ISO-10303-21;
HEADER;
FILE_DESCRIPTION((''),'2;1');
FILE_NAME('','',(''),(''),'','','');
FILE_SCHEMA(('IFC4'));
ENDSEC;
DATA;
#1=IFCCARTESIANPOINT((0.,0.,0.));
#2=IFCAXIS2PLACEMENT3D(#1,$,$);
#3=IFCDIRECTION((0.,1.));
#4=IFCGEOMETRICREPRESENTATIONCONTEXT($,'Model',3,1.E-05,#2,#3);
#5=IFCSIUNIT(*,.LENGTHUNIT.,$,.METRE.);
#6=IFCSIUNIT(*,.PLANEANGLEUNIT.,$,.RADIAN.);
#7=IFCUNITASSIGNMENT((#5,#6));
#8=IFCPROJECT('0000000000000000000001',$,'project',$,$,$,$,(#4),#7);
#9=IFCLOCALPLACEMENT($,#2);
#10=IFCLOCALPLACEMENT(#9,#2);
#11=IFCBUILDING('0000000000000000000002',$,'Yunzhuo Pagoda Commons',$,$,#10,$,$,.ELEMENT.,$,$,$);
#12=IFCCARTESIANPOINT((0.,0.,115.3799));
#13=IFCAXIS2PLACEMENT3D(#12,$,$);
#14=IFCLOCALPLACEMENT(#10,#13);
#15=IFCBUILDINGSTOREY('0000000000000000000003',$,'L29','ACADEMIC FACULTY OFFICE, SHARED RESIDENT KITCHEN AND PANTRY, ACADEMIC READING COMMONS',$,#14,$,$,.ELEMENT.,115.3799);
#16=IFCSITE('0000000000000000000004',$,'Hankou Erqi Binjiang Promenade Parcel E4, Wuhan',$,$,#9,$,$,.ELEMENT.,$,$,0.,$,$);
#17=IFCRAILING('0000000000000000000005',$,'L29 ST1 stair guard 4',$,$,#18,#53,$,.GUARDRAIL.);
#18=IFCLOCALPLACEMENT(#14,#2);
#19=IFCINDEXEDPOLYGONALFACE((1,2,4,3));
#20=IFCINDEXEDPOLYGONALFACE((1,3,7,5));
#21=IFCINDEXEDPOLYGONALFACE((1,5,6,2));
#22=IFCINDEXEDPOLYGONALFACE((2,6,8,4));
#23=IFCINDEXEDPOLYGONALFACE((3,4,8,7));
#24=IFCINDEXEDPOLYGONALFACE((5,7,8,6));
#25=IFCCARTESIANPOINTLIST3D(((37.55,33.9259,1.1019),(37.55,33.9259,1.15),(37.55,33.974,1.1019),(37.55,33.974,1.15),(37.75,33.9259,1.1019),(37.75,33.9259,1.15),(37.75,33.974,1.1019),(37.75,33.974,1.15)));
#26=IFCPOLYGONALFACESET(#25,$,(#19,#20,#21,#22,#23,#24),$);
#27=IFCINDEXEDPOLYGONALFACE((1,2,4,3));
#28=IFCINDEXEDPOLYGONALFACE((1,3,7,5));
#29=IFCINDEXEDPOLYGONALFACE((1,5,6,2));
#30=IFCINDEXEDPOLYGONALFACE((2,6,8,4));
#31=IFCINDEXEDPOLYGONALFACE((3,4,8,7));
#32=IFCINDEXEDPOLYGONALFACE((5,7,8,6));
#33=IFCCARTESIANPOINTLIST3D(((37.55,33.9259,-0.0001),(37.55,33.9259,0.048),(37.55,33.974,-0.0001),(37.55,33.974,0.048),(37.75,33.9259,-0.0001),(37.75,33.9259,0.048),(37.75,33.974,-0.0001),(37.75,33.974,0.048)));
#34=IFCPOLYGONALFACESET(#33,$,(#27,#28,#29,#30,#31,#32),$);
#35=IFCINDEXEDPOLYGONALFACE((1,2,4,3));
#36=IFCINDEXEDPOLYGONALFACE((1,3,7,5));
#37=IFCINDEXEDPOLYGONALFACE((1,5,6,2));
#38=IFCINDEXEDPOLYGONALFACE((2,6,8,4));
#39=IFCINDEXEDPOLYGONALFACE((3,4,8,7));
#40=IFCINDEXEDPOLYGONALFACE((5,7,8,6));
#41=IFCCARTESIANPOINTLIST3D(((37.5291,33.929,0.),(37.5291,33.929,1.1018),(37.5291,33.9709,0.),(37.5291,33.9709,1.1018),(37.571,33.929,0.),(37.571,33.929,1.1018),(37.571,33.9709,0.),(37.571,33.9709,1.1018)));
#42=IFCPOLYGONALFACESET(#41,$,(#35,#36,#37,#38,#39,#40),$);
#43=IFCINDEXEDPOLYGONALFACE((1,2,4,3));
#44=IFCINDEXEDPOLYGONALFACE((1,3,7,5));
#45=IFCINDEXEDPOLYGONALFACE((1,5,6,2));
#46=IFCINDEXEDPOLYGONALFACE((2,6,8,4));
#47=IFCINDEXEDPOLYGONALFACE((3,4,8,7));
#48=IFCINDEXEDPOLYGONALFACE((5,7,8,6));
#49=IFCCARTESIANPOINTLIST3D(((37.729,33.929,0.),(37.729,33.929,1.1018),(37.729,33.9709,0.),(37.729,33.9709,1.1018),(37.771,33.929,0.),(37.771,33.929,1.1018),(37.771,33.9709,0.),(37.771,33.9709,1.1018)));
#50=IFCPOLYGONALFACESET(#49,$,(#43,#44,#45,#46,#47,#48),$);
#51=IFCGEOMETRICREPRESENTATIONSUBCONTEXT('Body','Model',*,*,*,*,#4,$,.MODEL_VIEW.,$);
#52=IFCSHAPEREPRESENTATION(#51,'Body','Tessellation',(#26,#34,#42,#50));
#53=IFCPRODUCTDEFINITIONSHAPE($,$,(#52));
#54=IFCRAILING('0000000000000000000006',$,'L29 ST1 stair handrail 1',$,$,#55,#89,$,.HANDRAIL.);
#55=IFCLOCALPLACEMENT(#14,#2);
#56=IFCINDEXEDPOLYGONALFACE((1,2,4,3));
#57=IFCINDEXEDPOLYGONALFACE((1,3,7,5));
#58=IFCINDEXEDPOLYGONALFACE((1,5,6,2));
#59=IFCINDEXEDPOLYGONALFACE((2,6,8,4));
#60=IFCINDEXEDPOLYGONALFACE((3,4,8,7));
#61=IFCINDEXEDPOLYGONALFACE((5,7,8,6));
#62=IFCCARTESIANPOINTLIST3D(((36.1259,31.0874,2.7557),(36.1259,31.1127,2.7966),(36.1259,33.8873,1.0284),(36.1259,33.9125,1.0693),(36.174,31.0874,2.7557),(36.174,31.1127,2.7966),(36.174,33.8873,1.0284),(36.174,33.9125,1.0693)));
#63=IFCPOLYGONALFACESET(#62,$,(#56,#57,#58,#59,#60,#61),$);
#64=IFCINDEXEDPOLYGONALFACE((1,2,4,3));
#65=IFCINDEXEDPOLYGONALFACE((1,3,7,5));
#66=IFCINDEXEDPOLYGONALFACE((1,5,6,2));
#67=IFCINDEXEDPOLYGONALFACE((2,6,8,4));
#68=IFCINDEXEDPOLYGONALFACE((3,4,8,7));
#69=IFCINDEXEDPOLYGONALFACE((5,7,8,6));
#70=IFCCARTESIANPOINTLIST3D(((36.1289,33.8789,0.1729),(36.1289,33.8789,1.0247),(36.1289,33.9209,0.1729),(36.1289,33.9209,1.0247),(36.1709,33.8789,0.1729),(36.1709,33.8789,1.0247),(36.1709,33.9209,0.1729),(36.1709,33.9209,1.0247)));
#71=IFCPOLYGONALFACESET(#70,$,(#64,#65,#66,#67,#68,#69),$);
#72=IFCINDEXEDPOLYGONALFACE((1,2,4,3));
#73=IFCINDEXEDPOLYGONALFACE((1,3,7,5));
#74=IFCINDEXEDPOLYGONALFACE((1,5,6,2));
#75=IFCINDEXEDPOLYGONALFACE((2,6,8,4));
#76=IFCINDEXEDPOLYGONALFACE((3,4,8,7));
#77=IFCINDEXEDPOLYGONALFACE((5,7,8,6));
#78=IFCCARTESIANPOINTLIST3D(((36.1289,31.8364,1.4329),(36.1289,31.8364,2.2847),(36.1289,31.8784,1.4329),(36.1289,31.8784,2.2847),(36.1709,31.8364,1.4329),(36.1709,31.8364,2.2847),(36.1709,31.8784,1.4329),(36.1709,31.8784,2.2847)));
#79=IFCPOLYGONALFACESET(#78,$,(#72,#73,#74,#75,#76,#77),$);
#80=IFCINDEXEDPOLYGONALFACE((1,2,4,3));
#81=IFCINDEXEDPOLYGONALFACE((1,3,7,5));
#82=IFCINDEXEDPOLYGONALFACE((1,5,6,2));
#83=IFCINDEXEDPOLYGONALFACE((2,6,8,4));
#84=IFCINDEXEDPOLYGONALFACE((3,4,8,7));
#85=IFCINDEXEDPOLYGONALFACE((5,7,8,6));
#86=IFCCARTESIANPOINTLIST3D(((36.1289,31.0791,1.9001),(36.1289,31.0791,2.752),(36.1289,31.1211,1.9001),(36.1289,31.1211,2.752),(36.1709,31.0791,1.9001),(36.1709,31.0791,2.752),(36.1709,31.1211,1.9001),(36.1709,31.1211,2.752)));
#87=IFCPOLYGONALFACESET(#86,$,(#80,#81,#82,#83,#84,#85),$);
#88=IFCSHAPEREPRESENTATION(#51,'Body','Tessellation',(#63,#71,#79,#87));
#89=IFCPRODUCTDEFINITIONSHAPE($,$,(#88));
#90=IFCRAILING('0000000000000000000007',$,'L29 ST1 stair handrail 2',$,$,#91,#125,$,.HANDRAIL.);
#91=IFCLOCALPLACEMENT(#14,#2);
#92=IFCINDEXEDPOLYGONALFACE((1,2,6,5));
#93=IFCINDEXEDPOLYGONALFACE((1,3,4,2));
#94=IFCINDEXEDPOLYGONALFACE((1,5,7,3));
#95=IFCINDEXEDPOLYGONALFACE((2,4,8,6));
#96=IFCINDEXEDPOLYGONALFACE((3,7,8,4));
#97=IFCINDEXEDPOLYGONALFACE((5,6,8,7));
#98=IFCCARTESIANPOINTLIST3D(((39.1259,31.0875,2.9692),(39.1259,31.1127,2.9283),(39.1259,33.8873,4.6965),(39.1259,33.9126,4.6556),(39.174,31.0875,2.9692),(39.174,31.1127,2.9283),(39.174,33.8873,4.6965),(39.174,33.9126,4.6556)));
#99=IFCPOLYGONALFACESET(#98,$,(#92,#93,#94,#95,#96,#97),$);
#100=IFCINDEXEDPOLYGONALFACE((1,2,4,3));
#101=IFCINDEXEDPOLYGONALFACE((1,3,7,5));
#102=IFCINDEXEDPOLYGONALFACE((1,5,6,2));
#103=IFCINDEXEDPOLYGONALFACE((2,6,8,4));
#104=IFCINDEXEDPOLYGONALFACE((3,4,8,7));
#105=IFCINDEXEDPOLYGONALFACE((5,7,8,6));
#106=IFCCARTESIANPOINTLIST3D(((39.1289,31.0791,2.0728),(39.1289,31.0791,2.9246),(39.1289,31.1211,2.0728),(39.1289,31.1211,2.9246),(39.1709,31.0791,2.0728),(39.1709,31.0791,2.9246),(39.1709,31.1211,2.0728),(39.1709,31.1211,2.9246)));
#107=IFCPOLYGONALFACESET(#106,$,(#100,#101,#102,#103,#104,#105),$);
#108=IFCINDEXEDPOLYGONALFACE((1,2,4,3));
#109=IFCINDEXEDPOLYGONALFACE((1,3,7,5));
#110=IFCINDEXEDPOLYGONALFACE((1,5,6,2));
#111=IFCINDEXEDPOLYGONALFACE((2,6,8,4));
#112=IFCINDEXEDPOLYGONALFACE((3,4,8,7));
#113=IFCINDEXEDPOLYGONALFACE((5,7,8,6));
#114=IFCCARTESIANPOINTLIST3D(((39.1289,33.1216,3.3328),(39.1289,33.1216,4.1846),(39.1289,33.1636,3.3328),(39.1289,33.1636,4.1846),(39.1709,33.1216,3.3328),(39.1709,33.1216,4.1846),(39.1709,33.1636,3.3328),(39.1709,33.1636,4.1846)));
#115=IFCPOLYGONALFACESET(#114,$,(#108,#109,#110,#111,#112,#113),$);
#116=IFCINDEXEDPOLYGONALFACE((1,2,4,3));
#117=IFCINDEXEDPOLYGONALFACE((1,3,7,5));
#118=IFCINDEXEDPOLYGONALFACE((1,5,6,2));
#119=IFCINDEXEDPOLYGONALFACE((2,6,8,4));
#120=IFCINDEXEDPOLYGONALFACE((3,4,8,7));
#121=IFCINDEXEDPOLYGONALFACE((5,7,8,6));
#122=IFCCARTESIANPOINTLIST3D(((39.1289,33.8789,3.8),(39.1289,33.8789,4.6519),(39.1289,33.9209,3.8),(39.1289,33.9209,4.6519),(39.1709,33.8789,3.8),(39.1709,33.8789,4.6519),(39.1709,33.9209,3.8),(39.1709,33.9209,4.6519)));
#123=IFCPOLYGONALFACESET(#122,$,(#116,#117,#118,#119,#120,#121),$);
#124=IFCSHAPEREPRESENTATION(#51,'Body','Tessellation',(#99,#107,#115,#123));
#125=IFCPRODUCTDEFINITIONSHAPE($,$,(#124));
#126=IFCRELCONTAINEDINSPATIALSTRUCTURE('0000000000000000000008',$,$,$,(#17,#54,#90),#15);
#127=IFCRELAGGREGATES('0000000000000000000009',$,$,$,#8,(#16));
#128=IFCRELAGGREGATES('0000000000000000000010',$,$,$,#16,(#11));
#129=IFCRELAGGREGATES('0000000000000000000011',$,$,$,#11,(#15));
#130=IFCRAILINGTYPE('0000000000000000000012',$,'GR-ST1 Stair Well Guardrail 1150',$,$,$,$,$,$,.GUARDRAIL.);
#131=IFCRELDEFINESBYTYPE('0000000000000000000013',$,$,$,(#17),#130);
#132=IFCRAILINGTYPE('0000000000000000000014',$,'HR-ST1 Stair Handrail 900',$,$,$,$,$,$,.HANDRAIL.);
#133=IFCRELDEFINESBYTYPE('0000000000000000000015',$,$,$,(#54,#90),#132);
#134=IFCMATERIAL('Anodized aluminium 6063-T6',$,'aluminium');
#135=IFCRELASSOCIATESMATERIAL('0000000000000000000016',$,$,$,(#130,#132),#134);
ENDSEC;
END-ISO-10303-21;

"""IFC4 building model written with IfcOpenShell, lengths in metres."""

from ifc_helpers import new_model, si_unit, direction, frame, origin, origin_2d, place, context, subcontext, project, spatial, rectangle, extrude, material, type_object, element, save


model = new_model("IFC4")

# Units and contexts
model_context = context("Model", 3, precision=1e-05, world=origin(), true_north=direction((0.0, 1.0)))
body_context = subcontext(model_context, "Body", "Model", "MODEL_VIEW")
ifc_project = project(units=[si_unit("LENGTHUNIT", "METRE"), si_unit("PLANEANGLEUNIT", "RADIAN")], contexts=[model_context])

# Site, building, storey
site_placement = place(None, origin())
site = spatial("IfcSite", under=ifc_project, at=site_placement, Name="Hankou Erqi Binjiang Promenade Parcel E4, Wuhan", CompositionType="ELEMENT", RefElevation=0.0)
building_placement = place(site_placement, origin())
building = spatial("IfcBuilding", under=site, at=building_placement, Name="Yunzhuo Pagoda Commons", CompositionType="ELEMENT")
storey_placement = place(building_placement, frame((0.0, 0.0, 115.3799)))
storey = spatial("IfcBuildingStorey", under=building, at=storey_placement, Name="L29", Description="ACADEMIC FACULTY OFFICE, SHARED RESIDENT KITCHEN AND PANTRY, ACADEMIC READING COMMONS", CompositionType="ELEMENT", Elevation=115.3799)

# Railings
ifc_material_1 = material(Name="Anodized aluminium 6063-T6", Category="aluminium")
railing_type_1 = type_object("IfcRailingType", Name="GR-ST1 Stair Well Guardrail 1150", PredefinedType="GUARDRAIL", material=ifc_material_1)
railing_1_placement = place(storey_placement, frame((37.55, 33.95, 0.0)))
element("IfcRailing", 1, at=railing_1_placement, inside=storey, type_object=railing_type_1, Name="L29 ST1 stair guard 4", PredefinedType="GUARDRAIL", context=body_context, shape_type="SweptSolid", body=[
    extrude(rectangle(XDim=0.0481, YDim=0.0481, at=origin_2d()), frame((0.0, 0.0, 1.126), z_axis=(1.0, 0.0, 0.0), x_axis=(0.0, 1.0, 0.0)), (0.0, 0.0, 1.0), 0.2),
    extrude(rectangle(XDim=0.0481, YDim=0.0481, at=origin_2d()), frame((0.0, 0.0, 0.0239), z_axis=(1.0, 0.0, 0.0), x_axis=(0.0, 1.0, 0.0)), (0.0, 0.0, 1.0), 0.2),
    extrude(rectangle(XDim=0.042, YDim=0.042, at=origin_2d()), origin(), (0.0, 0.0, 1.0), 1.1018),
    extrude(rectangle(XDim=0.042, YDim=0.042, at=origin_2d()), frame((0.2, 0.0, 0.0)), (0.0, 0.0, 1.0), 1.1018),
])
railing_type_2 = type_object("IfcRailingType", Name="HR-ST1 Stair Handrail 900", PredefinedType="HANDRAIL", material=ifc_material_1)
railing_2_placement = place(storey_placement, frame((36.1499, 33.8999, 0.1729)))
element("IfcRailing", 2, at=railing_2_placement, inside=storey, type_object=railing_type_2, Name="L29 ST1 stair handrail 1", PredefinedType="HANDRAIL", context=body_context, shape_type="SweptSolid", body=[
    extrude(rectangle(XDim=0.0481, YDim=0.0481, at=origin_2d()), frame((0.0, 0.0, 0.876), z_axis=(0.0, -0.851069, 0.525054), x_axis=(1.0, 0.0, 0.0)), (0.0, 0.0, 1.0), 3.2898),
    extrude(rectangle(XDim=0.042, YDim=0.042, at=origin_2d()), origin(), (0.0, 0.0, 1.0), 0.8518),
    extrude(rectangle(XDim=0.042, YDim=0.042, at=origin_2d()), frame((0.0, -2.0425, 1.26)), (0.0, 0.0, 1.0), 0.8518),
    extrude(rectangle(XDim=0.042, YDim=0.042, at=origin_2d()), frame((0.0, -2.7998, 1.7273)), (0.0, 0.0, 1.0), 0.8518),
])
railing_3_placement = place(storey_placement, frame((39.1499, 31.1001, 2.0728)))
element("IfcRailing", 3, at=railing_3_placement, inside=storey, type_object=railing_type_2, Name="L29 ST1 stair handrail 2", PredefinedType="HANDRAIL", context=body_context, shape_type="SweptSolid", body=[
    extrude(rectangle(XDim=0.0481, YDim=0.0481, at=origin_2d()), frame((0.0, 0.0, 0.876), z_axis=(0.0, 0.851069, 0.525054), x_axis=(-1.0, 0.0, 0.0)), (0.0, 0.0, 1.0), 3.2898),
    extrude(rectangle(XDim=0.042, YDim=0.042, at=origin_2d()), origin(), (0.0, 0.0, 1.0), 0.8518),
    extrude(rectangle(XDim=0.042, YDim=0.042, at=origin_2d()), frame((0.0, 2.0425, 1.26)), (0.0, 0.0, 1.0), 0.8518),
    extrude(rectangle(XDim=0.042, YDim=0.042, at=origin_2d()), frame((0.0, 2.7998, 1.7273)), (0.0, 0.0, 1.0), 0.8518),
])

save(model, "model.ifc")
